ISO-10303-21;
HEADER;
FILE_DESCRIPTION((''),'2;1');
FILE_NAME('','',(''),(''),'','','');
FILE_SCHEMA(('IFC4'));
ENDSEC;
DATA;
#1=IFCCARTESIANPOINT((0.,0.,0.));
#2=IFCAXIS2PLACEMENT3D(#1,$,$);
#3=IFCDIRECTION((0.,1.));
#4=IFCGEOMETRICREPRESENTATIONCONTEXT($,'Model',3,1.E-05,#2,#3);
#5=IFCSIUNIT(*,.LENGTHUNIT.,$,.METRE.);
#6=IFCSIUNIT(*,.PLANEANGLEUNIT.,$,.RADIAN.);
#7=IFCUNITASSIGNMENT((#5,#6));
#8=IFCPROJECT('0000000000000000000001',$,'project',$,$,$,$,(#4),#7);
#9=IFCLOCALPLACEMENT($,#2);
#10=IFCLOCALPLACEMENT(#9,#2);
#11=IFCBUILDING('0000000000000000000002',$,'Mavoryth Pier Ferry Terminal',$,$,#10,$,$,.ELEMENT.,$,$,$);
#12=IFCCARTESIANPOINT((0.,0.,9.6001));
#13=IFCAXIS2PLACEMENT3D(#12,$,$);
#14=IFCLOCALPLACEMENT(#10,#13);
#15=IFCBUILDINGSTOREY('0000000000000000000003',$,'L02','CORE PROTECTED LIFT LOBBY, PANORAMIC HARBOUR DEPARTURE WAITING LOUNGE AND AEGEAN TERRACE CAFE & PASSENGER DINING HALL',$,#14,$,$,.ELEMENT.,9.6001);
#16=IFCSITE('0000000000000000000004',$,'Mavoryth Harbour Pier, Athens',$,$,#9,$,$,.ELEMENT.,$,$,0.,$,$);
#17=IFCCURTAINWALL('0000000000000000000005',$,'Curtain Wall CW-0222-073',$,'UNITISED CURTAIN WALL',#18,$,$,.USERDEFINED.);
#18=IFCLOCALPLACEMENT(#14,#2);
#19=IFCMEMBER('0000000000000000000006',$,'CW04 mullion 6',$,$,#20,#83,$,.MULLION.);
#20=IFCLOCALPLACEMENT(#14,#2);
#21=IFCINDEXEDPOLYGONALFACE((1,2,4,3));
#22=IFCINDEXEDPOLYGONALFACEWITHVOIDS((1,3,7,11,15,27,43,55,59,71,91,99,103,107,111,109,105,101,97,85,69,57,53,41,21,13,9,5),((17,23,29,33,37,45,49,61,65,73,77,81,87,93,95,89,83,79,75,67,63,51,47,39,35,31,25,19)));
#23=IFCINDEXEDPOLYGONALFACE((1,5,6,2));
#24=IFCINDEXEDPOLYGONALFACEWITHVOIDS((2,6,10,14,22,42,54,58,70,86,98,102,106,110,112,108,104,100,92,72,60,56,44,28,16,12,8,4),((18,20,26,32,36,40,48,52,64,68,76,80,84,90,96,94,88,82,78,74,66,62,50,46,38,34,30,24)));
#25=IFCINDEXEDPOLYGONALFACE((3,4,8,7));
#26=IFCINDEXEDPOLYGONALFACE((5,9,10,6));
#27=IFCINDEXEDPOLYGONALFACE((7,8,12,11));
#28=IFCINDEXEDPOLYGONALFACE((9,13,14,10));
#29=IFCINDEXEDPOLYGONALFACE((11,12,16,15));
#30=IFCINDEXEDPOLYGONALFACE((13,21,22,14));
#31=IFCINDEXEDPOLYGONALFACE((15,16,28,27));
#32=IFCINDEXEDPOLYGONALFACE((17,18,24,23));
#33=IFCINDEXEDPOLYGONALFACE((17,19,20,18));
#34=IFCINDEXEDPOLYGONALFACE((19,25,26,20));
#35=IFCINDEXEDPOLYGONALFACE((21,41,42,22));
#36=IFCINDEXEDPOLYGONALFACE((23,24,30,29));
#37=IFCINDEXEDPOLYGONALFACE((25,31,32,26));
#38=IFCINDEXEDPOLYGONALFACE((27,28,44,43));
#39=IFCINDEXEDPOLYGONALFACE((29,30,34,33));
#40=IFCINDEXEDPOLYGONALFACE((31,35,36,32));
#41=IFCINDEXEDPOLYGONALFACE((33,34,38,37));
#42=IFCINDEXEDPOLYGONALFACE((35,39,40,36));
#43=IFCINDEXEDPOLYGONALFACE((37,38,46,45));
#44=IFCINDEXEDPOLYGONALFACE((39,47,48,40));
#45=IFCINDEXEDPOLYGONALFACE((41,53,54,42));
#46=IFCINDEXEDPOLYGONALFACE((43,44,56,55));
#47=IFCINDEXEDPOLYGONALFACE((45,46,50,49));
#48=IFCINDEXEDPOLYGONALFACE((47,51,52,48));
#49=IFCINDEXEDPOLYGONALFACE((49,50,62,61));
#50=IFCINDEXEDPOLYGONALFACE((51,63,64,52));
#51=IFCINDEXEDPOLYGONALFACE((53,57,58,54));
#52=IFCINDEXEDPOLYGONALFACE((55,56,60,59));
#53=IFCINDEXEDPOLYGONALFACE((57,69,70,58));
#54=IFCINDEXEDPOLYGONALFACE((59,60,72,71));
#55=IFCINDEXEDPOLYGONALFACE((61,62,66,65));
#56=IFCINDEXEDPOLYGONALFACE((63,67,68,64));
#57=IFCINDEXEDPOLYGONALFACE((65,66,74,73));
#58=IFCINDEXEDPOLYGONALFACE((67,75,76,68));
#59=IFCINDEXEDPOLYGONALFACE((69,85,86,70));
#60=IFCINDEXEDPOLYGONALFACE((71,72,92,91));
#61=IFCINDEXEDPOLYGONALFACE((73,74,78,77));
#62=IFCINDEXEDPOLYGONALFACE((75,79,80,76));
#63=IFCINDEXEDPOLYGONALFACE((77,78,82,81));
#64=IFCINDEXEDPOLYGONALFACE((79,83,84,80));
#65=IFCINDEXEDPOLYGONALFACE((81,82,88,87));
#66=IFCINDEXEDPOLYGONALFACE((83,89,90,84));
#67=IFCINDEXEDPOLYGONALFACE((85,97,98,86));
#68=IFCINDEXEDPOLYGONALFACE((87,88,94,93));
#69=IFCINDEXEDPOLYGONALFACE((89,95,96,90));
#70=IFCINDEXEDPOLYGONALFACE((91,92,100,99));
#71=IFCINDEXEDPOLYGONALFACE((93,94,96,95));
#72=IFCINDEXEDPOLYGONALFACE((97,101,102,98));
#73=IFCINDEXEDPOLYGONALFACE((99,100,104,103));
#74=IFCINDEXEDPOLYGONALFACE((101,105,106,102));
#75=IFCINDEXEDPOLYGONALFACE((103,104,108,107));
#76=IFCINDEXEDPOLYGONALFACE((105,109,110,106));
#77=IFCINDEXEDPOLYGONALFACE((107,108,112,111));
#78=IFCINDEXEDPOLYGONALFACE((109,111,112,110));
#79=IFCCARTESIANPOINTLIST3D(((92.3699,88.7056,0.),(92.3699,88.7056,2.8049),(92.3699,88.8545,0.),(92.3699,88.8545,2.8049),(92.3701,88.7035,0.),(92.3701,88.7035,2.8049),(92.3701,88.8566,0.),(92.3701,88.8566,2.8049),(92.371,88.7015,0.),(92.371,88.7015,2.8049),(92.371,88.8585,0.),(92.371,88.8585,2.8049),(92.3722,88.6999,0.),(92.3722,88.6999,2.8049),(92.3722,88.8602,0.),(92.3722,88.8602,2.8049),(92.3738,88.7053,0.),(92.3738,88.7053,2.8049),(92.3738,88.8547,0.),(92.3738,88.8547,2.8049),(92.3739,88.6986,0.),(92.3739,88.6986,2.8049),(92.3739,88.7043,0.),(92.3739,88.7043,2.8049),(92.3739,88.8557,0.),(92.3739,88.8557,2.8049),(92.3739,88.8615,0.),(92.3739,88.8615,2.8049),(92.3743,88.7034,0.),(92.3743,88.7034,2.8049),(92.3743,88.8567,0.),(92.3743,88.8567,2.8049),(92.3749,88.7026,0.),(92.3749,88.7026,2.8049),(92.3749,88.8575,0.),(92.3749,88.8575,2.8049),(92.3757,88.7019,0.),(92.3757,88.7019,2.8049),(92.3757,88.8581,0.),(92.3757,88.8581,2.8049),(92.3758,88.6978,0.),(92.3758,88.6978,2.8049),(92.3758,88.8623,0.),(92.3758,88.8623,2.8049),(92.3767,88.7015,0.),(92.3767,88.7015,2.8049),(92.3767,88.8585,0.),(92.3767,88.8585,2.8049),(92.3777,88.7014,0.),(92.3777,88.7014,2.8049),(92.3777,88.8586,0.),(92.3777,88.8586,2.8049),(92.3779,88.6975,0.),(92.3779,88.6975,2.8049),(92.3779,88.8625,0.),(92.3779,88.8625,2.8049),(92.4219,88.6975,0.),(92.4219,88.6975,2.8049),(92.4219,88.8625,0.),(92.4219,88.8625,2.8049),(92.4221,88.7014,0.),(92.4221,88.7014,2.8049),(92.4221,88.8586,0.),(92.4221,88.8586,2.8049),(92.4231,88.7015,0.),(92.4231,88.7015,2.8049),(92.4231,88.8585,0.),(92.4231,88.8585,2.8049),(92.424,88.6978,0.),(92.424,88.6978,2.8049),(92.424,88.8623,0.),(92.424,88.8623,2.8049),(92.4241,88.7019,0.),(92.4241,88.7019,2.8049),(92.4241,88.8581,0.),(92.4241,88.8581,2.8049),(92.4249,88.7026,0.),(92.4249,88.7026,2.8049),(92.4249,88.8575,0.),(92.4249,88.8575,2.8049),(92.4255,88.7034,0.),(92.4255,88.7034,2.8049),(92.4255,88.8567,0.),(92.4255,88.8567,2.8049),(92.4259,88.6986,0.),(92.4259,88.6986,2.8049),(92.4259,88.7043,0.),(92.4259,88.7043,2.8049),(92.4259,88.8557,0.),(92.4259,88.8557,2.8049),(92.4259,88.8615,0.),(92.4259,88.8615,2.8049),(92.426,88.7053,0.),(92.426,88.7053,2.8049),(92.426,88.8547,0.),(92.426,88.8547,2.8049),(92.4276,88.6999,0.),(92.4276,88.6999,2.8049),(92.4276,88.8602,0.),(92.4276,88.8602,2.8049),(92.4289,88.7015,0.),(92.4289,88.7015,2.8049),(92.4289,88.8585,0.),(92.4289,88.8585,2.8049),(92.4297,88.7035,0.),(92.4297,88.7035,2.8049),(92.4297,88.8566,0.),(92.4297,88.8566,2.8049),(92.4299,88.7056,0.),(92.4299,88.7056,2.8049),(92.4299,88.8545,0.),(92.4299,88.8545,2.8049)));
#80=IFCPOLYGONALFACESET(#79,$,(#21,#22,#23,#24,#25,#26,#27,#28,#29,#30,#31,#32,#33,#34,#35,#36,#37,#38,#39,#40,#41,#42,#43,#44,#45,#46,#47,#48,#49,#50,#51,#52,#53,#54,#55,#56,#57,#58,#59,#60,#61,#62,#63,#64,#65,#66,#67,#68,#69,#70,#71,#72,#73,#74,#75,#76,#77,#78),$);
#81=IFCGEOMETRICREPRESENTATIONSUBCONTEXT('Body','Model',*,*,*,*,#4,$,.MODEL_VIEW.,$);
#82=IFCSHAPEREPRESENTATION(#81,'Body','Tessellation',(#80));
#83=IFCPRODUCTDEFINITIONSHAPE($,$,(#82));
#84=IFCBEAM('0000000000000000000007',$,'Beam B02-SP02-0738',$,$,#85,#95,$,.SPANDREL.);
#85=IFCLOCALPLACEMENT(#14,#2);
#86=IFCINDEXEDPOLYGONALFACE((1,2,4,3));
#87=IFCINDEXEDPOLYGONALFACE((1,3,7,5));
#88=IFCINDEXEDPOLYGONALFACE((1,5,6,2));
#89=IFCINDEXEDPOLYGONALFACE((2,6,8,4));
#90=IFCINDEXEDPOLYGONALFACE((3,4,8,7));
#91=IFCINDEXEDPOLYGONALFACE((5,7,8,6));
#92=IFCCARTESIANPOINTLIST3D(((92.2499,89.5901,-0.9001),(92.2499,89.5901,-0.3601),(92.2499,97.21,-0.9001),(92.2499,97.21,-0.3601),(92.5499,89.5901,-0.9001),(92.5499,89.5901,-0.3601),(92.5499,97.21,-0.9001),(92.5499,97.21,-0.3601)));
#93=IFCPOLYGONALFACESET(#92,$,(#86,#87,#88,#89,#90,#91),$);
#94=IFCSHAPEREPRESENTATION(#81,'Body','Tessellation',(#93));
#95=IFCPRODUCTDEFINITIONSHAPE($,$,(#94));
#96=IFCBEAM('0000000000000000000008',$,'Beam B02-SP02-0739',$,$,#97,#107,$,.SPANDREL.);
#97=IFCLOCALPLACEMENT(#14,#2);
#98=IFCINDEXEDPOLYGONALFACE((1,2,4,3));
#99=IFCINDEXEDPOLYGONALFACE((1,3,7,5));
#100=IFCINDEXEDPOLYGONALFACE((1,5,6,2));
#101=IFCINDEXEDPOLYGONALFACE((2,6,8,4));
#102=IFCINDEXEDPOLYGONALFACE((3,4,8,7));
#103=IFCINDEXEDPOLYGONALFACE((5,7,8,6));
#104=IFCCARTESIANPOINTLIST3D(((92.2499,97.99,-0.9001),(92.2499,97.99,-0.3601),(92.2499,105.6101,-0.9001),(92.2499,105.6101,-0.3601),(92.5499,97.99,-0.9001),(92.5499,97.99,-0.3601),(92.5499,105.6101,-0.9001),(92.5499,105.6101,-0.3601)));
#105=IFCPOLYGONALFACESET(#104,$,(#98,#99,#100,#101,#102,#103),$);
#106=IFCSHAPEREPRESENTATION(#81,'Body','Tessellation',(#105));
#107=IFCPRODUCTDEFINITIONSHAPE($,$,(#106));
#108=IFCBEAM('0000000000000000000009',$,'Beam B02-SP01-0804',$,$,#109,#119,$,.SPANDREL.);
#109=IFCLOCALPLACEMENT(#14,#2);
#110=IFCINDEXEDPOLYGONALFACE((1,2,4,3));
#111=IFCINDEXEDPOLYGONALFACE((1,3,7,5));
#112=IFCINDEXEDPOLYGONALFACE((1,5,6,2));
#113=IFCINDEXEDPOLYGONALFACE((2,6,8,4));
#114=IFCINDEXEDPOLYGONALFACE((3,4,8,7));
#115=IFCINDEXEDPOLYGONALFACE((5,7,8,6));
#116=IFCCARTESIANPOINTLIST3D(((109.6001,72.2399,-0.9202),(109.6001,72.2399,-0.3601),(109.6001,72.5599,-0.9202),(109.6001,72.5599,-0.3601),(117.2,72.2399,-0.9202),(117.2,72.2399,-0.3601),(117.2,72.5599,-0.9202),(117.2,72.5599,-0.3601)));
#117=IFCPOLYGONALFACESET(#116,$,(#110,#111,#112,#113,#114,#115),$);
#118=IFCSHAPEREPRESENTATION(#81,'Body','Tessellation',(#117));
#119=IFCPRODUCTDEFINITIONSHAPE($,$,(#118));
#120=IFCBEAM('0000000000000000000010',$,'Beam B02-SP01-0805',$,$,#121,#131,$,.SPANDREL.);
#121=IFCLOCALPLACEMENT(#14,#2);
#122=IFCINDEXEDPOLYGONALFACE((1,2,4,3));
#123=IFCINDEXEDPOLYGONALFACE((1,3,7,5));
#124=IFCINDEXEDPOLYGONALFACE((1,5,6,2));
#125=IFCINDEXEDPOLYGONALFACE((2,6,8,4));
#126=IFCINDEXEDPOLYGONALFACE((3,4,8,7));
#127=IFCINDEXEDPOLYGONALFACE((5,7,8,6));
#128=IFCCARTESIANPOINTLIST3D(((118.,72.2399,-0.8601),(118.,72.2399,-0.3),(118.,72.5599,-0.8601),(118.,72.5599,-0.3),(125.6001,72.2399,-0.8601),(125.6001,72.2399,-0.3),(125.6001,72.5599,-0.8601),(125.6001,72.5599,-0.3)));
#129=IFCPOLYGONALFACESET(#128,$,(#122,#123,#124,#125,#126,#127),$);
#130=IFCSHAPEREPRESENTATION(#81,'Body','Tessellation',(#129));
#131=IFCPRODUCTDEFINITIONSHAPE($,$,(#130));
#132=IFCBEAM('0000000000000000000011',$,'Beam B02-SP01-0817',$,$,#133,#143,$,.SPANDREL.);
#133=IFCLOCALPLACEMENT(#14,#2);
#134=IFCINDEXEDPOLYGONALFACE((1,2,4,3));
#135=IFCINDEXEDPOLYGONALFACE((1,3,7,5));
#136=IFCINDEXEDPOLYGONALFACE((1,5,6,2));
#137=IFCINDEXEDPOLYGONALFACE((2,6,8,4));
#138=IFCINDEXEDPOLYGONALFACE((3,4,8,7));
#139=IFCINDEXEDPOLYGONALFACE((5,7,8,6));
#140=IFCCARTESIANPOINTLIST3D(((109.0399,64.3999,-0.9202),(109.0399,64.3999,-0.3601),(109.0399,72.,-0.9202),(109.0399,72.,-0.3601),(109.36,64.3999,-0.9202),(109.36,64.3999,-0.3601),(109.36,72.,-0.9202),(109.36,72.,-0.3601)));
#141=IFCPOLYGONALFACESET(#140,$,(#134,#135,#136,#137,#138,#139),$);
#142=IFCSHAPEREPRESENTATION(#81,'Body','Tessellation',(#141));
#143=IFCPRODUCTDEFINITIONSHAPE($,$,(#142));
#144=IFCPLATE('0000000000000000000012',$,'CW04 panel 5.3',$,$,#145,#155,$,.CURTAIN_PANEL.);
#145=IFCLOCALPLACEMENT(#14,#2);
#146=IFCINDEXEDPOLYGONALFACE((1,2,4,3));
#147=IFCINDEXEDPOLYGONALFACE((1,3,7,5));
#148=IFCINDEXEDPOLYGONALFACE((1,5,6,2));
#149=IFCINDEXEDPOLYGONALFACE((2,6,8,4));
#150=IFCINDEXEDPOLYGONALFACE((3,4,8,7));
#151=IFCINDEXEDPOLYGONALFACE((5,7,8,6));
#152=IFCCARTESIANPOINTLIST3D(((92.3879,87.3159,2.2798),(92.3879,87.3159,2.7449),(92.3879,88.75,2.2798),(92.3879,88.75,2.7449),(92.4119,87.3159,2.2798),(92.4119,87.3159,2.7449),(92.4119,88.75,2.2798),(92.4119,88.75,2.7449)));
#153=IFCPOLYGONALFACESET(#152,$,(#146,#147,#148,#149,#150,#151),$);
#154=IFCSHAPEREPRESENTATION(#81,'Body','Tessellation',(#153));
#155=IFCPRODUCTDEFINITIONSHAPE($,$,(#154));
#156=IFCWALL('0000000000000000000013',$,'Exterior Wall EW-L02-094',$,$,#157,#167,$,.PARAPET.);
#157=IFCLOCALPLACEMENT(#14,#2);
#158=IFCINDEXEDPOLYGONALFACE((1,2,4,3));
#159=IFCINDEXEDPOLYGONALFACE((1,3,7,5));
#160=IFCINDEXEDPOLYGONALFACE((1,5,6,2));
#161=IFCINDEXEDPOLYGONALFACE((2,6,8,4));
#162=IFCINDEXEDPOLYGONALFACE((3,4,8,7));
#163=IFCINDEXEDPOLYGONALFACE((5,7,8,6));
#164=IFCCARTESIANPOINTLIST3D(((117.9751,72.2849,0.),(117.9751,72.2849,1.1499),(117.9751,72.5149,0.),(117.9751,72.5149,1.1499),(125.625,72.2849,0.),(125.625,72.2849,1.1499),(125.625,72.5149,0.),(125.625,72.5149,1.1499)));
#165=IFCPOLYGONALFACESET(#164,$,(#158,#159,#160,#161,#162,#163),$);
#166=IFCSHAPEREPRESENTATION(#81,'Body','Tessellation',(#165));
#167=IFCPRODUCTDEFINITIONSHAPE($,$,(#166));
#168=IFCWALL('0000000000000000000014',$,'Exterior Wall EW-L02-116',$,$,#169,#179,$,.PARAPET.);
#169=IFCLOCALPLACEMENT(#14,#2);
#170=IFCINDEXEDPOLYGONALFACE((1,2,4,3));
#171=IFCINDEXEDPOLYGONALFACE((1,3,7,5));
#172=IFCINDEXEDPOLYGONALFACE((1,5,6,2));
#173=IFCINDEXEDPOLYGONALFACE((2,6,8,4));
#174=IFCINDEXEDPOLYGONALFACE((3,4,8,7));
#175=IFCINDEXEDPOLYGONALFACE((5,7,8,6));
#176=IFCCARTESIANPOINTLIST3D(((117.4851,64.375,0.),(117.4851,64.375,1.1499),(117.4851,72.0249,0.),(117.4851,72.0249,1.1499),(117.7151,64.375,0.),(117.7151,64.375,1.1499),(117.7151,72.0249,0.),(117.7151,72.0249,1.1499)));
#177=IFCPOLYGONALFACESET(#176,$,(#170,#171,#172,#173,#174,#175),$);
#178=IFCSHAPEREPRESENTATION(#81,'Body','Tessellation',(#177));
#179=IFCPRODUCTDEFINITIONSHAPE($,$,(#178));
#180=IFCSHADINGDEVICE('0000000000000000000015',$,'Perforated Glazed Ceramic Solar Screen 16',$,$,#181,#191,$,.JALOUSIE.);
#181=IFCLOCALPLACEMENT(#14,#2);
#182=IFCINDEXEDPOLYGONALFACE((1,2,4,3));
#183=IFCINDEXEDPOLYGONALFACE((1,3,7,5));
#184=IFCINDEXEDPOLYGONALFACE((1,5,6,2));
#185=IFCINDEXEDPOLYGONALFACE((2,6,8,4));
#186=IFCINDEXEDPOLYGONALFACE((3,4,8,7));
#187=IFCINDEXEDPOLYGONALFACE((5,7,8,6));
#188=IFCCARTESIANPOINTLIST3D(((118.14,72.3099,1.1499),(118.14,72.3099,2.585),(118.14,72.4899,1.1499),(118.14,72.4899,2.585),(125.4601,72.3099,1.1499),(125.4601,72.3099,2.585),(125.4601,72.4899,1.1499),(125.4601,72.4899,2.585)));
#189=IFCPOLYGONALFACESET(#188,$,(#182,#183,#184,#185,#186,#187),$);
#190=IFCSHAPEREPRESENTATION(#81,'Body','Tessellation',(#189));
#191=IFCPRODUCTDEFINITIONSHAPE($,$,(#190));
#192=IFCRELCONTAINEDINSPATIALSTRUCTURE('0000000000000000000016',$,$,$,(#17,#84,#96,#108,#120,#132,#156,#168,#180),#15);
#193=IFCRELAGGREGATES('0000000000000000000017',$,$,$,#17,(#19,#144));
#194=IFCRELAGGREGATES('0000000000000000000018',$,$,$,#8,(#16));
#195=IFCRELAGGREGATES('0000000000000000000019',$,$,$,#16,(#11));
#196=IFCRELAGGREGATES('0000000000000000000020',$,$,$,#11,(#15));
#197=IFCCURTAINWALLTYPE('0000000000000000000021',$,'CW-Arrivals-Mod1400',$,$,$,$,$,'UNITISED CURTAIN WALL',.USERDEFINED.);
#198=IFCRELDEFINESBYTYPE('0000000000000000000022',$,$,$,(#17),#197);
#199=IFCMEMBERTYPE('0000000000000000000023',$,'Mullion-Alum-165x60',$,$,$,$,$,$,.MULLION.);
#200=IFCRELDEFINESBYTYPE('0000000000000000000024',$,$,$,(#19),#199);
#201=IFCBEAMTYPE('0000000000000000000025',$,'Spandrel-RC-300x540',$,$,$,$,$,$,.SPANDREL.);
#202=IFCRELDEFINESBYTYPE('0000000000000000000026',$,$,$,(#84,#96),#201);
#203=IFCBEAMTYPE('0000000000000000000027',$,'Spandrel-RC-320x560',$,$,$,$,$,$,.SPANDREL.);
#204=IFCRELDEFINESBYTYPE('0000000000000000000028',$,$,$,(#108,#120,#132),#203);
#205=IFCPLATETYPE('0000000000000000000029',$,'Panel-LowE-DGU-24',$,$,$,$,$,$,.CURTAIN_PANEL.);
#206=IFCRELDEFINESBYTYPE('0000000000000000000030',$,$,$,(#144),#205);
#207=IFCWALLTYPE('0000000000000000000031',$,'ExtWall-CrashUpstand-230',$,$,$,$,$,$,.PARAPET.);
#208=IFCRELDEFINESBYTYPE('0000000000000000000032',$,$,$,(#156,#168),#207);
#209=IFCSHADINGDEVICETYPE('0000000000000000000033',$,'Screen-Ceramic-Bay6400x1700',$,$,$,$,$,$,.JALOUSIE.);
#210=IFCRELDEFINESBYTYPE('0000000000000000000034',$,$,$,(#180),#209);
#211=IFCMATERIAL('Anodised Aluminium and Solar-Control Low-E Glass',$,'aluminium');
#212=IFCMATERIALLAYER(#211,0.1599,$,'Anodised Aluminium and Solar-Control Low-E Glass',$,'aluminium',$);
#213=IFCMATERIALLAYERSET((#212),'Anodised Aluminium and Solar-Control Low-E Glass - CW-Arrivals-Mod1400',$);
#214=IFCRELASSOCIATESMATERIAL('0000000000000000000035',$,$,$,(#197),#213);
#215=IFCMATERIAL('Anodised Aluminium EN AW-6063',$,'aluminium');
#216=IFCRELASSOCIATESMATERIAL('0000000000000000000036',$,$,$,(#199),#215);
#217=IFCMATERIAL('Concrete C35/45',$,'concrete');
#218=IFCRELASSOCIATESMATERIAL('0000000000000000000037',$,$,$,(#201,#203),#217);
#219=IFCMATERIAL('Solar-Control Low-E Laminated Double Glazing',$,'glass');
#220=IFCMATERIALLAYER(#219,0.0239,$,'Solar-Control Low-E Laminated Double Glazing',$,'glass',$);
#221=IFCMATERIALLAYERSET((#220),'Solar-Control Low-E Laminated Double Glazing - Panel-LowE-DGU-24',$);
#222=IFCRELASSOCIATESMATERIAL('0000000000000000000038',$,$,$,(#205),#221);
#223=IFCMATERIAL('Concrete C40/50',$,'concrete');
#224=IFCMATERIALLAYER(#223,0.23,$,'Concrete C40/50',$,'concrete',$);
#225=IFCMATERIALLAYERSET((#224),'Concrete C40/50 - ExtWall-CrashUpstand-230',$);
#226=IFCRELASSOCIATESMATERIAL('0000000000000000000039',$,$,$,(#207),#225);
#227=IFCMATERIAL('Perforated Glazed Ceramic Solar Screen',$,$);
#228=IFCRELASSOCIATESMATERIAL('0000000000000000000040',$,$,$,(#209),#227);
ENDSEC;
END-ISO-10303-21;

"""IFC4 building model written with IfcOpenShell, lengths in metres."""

from ifc_helpers import new_model, si_unit, direction, frame, frame_2d, origin, origin_2d, place, context, subcontext, project, spatial, rectangle, hollow_rectangle, extrude, material, layer, layer_set, material_profile, profile_set, type_object, element, aggregate, save


model = new_model("IFC4")

# Units and contexts
model_context = context("Model", 3, precision=1e-05, world=origin(), true_north=direction((0.0, 1.0)))
body_context = subcontext(model_context, "Body", "Model", "MODEL_VIEW")
ifc_project = project(units=[si_unit("LENGTHUNIT", "METRE"), si_unit("PLANEANGLEUNIT", "RADIAN")], contexts=[model_context])

# Site, building, storey
site_placement = place(None, origin())
site = spatial("IfcSite", under=ifc_project, at=site_placement, Name="Mavoryth Harbour Pier, Athens", CompositionType="ELEMENT", RefElevation=0.0)
building_placement = place(site_placement, origin())
building = spatial("IfcBuilding", under=site, at=building_placement, Name="Mavoryth Pier Ferry Terminal", CompositionType="ELEMENT")
storey_placement = place(building_placement, frame((0.0, 0.0, 9.6001)))
storey = spatial("IfcBuildingStorey", under=building, at=storey_placement, Name="L02", Description="CORE PROTECTED LIFT LOBBY, PANORAMIC HARBOUR DEPARTURE WAITING LOUNGE AND AEGEAN TERRACE CAFE & PASSENGER DINING HALL", CompositionType="ELEMENT", Elevation=9.6001)

# Shared definitions
ifc_material_1 = material(Name="Concrete C40/50", Category="concrete")

# Shared definitions
ifc_material_2 = material(Name="Concrete C35/45", Category="concrete")

# Curtain wall, member
ifc_material_3 = material(Name="Anodised Aluminium and Solar-Control Low-E Glass", Category="aluminium")
ifc_layer_1 = layer(ifc_material_3, 0.1599, Name="Anodised Aluminium and Solar-Control Low-E Glass", Category="aluminium")
ifc_layer_set_1 = layer_set([ifc_layer_1], Name="Anodised Aluminium and Solar-Control Low-E Glass - CW-Arrivals-Mod1400")
curtain_wall_type = type_object("IfcCurtainWallType", Name="CW-Arrivals-Mod1400", ElementType="UNITISED CURTAIN WALL", PredefinedType="USERDEFINED", material=ifc_layer_set_1)
curtain_wall_placement = place(storey_placement, origin())
curtain_wall = element("IfcCurtainWall", 1, at=curtain_wall_placement, inside=storey, type_object=curtain_wall_type, Name="Curtain Wall CW-0222-073", ObjectType="UNITISED CURTAIN WALL", PredefinedType="USERDEFINED")
ifc_material_4 = material(Name="Anodised Aluminium EN AW-6063", Category="aluminium")
ifc_material_profile_1 = material_profile(ifc_material_4, hollow_rectangle(XDim=0.0601, YDim=0.165, WallThickness=0.0039, InnerFilletRadius=0.0039, OuterFilletRadius=0.0081, at=origin_2d()), Name="AL-MULL 165x60x4", Category="aluminium")
ifc_profile_set_1 = profile_set([ifc_material_profile_1], Name="Anodised Aluminium EN AW-6063 - AL-MULL 165x60x4")
member_type = type_object("IfcMemberType", Name="Mullion-Alum-165x60", PredefinedType="MULLION", material=ifc_profile_set_1)
member_placement = place(storey_placement, frame((92.3999, 88.78, 0.0), z_axis=(0.0, 0.0, 1.0), x_axis=(-1.0, 0.0, 0.0)))
member = element("IfcMember", 2, at=member_placement, type_object=member_type, Name="CW04 mullion 6", PredefinedType="MULLION", context=body_context, shape_type="SweptSolid", body=[
    extrude(hollow_rectangle(XDim=0.0601, YDim=0.165, WallThickness=0.0039, InnerFilletRadius=0.0039, OuterFilletRadius=0.0081, at=origin_2d()), origin(), (0.0, 0.0, 1.0), 2.8049),
])

# Beams
ifc_material_profile_2 = material_profile(ifc_material_2, rectangle(XDim=0.3, YDim=0.54, at=origin_2d()), Name="RC 300x540", Category="concrete")
ifc_profile_set_2 = profile_set([ifc_material_profile_2], Name="Concrete C35/45 - RC 300x540")
beam_type_1 = type_object("IfcBeamType", Name="Spandrel-RC-300x540", PredefinedType="SPANDREL", material=ifc_profile_set_2)
beam_1_placement = place(storey_placement, frame((92.3999, 89.5901, -0.6301), z_axis=(0.0, 1.0, 0.0), x_axis=(-1.0, 0.0, 0.0)))
element("IfcBeam", 3, at=beam_1_placement, inside=storey, type_object=beam_type_1, Name="Beam B02-SP02-0738", PredefinedType="SPANDREL", context=body_context, shape_type="SweptSolid", body=[
    extrude(rectangle(XDim=0.3, YDim=0.54, at=origin_2d()), origin(), (0.0, 0.0, 1.0), 7.6199),
])
beam_2_placement = place(storey_placement, frame((92.3999, 97.99, -0.6301), z_axis=(0.0, 1.0, 0.0), x_axis=(-1.0, 0.0, 0.0)))
element("IfcBeam", 4, at=beam_2_placement, inside=storey, type_object=beam_type_1, Name="Beam B02-SP02-0739", PredefinedType="SPANDREL", context=body_context, shape_type="SweptSolid", body=[
    extrude(rectangle(XDim=0.3, YDim=0.54, at=origin_2d()), origin(), (0.0, 0.0, 1.0), 7.6201),
])
ifc_material_profile_3 = material_profile(ifc_material_2, rectangle(XDim=0.3201, YDim=0.5601, at=origin_2d()), Name="RC 320x560", Category="concrete")
ifc_profile_set_3 = profile_set([ifc_material_profile_3], Name="Concrete C35/45 - RC 320x560")
beam_type_2 = type_object("IfcBeamType", Name="Spandrel-RC-320x560", PredefinedType="SPANDREL", material=ifc_profile_set_3)
beam_3_placement = place(storey_placement, frame((109.6001, 72.3999, -0.6401), z_axis=(1.0, 0.0, 0.0), x_axis=(0.0, 1.0, 0.0)))
element("IfcBeam", 5, at=beam_3_placement, inside=storey, type_object=beam_type_2, Name="Beam B02-SP01-0804", PredefinedType="SPANDREL", context=body_context, shape_type="SweptSolid", body=[
    extrude(rectangle(XDim=0.3201, YDim=0.5601, at=origin_2d()), origin(), (0.0, 0.0, 1.0), 7.5999),
])
for number, where, z_axis, x_axis, name in (
    (6, (118.0, 72.3999, -0.5801), (1.0, 0.0, 0.0), (0.0, 1.0, 0.0), "Beam B02-SP01-0805"),
    (7, (109.2, 64.3999, -0.6401), (0.0, 1.0, 0.0), (-1.0, 0.0, 0.0), "Beam B02-SP01-0817"),
):
    element("IfcBeam", number, at=place(storey_placement, frame(where, z_axis=z_axis, x_axis=x_axis)), inside=storey, type_object=beam_type_2, Name=name, PredefinedType="SPANDREL", context=body_context, shape_type="SweptSolid", body=[
        extrude(rectangle(XDim=0.3201, YDim=0.5601, at=origin_2d()), origin(), (0.0, 0.0, 1.0), 7.6001),
    ])

# Plate
ifc_material_5 = material(Name="Solar-Control Low-E Laminated Double Glazing", Category="glass")
ifc_layer_2 = layer(ifc_material_5, 0.0239, Name="Solar-Control Low-E Laminated Double Glazing", Category="glass")
ifc_layer_set_2 = layer_set([ifc_layer_2], Name="Solar-Control Low-E Laminated Double Glazing - Panel-LowE-DGU-24")
plate_type = type_object("IfcPlateType", Name="Panel-LowE-DGU-24", PredefinedType="CURTAIN_PANEL", material=ifc_layer_set_2)
plate_placement = place(storey_placement, frame((92.3999, 88.033, 2.2798), z_axis=(0.0, 0.0, 1.0), x_axis=(0.0, 1.0, 0.0)))
plate = element("IfcPlate", 8, at=plate_placement, type_object=plate_type, Name="CW04 panel 5.3", PredefinedType="CURTAIN_PANEL", context=body_context, shape_type="SweptSolid", body=[
    extrude(rectangle(XDim=1.4341, YDim=0.0239, at=origin_2d()), origin(), (0.0, 0.0, 1.0), 0.4651),
])
aggregate(curtain_wall, [member, plate])

# Walls
ifc_layer_3 = layer(ifc_material_1, 0.23, Name="Concrete C40/50", Category="concrete")
ifc_layer_set_3 = layer_set([ifc_layer_3], Name="Concrete C40/50 - ExtWall-CrashUpstand-230")
wall_type = type_object("IfcWallType", Name="ExtWall-CrashUpstand-230", PredefinedType="PARAPET", material=ifc_layer_set_3)
for number, where, z_axis, x_axis, name in (
    (9, (117.9751, 72.3999, 0.0), (0.0, 0.0, 1.0), (1.0, 0.0, 0.0), "Exterior Wall EW-L02-094"),
    (10, (117.6001, 64.375, 0.0), (0.0, 0.0, 1.0), (0.0, 1.0, 0.0), "Exterior Wall EW-L02-116"),
):
    element("IfcWall", number, at=place(storey_placement, frame(where, z_axis=z_axis, x_axis=x_axis)), inside=storey, type_object=wall_type, Name=name, PredefinedType="PARAPET", context=body_context, shape_type="SweptSolid", body=[
        extrude(rectangle(XDim=7.6499, YDim=0.23, at=frame_2d((3.825, 0.0))), origin(), (0.0, 0.0, 1.0), 1.1499),
    ])

# Shading device
ifc_material_6 = material(Name="Perforated Glazed Ceramic Solar Screen")
shading_device_type = type_object("IfcShadingDeviceType", Name="Screen-Ceramic-Bay6400x1700", PredefinedType="JALOUSIE", material=ifc_material_6)
shading_device_placement = place(storey_placement, frame((121.8, 72.3999, 1.1499), z_axis=(0.0, 0.0, 1.0), x_axis=(1.0, 0.0, 0.0)))
element("IfcShadingDevice", 11, at=shading_device_placement, inside=storey, type_object=shading_device_type, Name="Perforated Glazed Ceramic Solar Screen 16", PredefinedType="JALOUSIE", context=body_context, shape_type="SweptSolid", body=[
    extrude(rectangle(XDim=7.3201, YDim=0.1799, at=origin_2d()), origin(), (0.0, 0.0, 1.0), 1.4351),
])

save(model, "model.ifc")
